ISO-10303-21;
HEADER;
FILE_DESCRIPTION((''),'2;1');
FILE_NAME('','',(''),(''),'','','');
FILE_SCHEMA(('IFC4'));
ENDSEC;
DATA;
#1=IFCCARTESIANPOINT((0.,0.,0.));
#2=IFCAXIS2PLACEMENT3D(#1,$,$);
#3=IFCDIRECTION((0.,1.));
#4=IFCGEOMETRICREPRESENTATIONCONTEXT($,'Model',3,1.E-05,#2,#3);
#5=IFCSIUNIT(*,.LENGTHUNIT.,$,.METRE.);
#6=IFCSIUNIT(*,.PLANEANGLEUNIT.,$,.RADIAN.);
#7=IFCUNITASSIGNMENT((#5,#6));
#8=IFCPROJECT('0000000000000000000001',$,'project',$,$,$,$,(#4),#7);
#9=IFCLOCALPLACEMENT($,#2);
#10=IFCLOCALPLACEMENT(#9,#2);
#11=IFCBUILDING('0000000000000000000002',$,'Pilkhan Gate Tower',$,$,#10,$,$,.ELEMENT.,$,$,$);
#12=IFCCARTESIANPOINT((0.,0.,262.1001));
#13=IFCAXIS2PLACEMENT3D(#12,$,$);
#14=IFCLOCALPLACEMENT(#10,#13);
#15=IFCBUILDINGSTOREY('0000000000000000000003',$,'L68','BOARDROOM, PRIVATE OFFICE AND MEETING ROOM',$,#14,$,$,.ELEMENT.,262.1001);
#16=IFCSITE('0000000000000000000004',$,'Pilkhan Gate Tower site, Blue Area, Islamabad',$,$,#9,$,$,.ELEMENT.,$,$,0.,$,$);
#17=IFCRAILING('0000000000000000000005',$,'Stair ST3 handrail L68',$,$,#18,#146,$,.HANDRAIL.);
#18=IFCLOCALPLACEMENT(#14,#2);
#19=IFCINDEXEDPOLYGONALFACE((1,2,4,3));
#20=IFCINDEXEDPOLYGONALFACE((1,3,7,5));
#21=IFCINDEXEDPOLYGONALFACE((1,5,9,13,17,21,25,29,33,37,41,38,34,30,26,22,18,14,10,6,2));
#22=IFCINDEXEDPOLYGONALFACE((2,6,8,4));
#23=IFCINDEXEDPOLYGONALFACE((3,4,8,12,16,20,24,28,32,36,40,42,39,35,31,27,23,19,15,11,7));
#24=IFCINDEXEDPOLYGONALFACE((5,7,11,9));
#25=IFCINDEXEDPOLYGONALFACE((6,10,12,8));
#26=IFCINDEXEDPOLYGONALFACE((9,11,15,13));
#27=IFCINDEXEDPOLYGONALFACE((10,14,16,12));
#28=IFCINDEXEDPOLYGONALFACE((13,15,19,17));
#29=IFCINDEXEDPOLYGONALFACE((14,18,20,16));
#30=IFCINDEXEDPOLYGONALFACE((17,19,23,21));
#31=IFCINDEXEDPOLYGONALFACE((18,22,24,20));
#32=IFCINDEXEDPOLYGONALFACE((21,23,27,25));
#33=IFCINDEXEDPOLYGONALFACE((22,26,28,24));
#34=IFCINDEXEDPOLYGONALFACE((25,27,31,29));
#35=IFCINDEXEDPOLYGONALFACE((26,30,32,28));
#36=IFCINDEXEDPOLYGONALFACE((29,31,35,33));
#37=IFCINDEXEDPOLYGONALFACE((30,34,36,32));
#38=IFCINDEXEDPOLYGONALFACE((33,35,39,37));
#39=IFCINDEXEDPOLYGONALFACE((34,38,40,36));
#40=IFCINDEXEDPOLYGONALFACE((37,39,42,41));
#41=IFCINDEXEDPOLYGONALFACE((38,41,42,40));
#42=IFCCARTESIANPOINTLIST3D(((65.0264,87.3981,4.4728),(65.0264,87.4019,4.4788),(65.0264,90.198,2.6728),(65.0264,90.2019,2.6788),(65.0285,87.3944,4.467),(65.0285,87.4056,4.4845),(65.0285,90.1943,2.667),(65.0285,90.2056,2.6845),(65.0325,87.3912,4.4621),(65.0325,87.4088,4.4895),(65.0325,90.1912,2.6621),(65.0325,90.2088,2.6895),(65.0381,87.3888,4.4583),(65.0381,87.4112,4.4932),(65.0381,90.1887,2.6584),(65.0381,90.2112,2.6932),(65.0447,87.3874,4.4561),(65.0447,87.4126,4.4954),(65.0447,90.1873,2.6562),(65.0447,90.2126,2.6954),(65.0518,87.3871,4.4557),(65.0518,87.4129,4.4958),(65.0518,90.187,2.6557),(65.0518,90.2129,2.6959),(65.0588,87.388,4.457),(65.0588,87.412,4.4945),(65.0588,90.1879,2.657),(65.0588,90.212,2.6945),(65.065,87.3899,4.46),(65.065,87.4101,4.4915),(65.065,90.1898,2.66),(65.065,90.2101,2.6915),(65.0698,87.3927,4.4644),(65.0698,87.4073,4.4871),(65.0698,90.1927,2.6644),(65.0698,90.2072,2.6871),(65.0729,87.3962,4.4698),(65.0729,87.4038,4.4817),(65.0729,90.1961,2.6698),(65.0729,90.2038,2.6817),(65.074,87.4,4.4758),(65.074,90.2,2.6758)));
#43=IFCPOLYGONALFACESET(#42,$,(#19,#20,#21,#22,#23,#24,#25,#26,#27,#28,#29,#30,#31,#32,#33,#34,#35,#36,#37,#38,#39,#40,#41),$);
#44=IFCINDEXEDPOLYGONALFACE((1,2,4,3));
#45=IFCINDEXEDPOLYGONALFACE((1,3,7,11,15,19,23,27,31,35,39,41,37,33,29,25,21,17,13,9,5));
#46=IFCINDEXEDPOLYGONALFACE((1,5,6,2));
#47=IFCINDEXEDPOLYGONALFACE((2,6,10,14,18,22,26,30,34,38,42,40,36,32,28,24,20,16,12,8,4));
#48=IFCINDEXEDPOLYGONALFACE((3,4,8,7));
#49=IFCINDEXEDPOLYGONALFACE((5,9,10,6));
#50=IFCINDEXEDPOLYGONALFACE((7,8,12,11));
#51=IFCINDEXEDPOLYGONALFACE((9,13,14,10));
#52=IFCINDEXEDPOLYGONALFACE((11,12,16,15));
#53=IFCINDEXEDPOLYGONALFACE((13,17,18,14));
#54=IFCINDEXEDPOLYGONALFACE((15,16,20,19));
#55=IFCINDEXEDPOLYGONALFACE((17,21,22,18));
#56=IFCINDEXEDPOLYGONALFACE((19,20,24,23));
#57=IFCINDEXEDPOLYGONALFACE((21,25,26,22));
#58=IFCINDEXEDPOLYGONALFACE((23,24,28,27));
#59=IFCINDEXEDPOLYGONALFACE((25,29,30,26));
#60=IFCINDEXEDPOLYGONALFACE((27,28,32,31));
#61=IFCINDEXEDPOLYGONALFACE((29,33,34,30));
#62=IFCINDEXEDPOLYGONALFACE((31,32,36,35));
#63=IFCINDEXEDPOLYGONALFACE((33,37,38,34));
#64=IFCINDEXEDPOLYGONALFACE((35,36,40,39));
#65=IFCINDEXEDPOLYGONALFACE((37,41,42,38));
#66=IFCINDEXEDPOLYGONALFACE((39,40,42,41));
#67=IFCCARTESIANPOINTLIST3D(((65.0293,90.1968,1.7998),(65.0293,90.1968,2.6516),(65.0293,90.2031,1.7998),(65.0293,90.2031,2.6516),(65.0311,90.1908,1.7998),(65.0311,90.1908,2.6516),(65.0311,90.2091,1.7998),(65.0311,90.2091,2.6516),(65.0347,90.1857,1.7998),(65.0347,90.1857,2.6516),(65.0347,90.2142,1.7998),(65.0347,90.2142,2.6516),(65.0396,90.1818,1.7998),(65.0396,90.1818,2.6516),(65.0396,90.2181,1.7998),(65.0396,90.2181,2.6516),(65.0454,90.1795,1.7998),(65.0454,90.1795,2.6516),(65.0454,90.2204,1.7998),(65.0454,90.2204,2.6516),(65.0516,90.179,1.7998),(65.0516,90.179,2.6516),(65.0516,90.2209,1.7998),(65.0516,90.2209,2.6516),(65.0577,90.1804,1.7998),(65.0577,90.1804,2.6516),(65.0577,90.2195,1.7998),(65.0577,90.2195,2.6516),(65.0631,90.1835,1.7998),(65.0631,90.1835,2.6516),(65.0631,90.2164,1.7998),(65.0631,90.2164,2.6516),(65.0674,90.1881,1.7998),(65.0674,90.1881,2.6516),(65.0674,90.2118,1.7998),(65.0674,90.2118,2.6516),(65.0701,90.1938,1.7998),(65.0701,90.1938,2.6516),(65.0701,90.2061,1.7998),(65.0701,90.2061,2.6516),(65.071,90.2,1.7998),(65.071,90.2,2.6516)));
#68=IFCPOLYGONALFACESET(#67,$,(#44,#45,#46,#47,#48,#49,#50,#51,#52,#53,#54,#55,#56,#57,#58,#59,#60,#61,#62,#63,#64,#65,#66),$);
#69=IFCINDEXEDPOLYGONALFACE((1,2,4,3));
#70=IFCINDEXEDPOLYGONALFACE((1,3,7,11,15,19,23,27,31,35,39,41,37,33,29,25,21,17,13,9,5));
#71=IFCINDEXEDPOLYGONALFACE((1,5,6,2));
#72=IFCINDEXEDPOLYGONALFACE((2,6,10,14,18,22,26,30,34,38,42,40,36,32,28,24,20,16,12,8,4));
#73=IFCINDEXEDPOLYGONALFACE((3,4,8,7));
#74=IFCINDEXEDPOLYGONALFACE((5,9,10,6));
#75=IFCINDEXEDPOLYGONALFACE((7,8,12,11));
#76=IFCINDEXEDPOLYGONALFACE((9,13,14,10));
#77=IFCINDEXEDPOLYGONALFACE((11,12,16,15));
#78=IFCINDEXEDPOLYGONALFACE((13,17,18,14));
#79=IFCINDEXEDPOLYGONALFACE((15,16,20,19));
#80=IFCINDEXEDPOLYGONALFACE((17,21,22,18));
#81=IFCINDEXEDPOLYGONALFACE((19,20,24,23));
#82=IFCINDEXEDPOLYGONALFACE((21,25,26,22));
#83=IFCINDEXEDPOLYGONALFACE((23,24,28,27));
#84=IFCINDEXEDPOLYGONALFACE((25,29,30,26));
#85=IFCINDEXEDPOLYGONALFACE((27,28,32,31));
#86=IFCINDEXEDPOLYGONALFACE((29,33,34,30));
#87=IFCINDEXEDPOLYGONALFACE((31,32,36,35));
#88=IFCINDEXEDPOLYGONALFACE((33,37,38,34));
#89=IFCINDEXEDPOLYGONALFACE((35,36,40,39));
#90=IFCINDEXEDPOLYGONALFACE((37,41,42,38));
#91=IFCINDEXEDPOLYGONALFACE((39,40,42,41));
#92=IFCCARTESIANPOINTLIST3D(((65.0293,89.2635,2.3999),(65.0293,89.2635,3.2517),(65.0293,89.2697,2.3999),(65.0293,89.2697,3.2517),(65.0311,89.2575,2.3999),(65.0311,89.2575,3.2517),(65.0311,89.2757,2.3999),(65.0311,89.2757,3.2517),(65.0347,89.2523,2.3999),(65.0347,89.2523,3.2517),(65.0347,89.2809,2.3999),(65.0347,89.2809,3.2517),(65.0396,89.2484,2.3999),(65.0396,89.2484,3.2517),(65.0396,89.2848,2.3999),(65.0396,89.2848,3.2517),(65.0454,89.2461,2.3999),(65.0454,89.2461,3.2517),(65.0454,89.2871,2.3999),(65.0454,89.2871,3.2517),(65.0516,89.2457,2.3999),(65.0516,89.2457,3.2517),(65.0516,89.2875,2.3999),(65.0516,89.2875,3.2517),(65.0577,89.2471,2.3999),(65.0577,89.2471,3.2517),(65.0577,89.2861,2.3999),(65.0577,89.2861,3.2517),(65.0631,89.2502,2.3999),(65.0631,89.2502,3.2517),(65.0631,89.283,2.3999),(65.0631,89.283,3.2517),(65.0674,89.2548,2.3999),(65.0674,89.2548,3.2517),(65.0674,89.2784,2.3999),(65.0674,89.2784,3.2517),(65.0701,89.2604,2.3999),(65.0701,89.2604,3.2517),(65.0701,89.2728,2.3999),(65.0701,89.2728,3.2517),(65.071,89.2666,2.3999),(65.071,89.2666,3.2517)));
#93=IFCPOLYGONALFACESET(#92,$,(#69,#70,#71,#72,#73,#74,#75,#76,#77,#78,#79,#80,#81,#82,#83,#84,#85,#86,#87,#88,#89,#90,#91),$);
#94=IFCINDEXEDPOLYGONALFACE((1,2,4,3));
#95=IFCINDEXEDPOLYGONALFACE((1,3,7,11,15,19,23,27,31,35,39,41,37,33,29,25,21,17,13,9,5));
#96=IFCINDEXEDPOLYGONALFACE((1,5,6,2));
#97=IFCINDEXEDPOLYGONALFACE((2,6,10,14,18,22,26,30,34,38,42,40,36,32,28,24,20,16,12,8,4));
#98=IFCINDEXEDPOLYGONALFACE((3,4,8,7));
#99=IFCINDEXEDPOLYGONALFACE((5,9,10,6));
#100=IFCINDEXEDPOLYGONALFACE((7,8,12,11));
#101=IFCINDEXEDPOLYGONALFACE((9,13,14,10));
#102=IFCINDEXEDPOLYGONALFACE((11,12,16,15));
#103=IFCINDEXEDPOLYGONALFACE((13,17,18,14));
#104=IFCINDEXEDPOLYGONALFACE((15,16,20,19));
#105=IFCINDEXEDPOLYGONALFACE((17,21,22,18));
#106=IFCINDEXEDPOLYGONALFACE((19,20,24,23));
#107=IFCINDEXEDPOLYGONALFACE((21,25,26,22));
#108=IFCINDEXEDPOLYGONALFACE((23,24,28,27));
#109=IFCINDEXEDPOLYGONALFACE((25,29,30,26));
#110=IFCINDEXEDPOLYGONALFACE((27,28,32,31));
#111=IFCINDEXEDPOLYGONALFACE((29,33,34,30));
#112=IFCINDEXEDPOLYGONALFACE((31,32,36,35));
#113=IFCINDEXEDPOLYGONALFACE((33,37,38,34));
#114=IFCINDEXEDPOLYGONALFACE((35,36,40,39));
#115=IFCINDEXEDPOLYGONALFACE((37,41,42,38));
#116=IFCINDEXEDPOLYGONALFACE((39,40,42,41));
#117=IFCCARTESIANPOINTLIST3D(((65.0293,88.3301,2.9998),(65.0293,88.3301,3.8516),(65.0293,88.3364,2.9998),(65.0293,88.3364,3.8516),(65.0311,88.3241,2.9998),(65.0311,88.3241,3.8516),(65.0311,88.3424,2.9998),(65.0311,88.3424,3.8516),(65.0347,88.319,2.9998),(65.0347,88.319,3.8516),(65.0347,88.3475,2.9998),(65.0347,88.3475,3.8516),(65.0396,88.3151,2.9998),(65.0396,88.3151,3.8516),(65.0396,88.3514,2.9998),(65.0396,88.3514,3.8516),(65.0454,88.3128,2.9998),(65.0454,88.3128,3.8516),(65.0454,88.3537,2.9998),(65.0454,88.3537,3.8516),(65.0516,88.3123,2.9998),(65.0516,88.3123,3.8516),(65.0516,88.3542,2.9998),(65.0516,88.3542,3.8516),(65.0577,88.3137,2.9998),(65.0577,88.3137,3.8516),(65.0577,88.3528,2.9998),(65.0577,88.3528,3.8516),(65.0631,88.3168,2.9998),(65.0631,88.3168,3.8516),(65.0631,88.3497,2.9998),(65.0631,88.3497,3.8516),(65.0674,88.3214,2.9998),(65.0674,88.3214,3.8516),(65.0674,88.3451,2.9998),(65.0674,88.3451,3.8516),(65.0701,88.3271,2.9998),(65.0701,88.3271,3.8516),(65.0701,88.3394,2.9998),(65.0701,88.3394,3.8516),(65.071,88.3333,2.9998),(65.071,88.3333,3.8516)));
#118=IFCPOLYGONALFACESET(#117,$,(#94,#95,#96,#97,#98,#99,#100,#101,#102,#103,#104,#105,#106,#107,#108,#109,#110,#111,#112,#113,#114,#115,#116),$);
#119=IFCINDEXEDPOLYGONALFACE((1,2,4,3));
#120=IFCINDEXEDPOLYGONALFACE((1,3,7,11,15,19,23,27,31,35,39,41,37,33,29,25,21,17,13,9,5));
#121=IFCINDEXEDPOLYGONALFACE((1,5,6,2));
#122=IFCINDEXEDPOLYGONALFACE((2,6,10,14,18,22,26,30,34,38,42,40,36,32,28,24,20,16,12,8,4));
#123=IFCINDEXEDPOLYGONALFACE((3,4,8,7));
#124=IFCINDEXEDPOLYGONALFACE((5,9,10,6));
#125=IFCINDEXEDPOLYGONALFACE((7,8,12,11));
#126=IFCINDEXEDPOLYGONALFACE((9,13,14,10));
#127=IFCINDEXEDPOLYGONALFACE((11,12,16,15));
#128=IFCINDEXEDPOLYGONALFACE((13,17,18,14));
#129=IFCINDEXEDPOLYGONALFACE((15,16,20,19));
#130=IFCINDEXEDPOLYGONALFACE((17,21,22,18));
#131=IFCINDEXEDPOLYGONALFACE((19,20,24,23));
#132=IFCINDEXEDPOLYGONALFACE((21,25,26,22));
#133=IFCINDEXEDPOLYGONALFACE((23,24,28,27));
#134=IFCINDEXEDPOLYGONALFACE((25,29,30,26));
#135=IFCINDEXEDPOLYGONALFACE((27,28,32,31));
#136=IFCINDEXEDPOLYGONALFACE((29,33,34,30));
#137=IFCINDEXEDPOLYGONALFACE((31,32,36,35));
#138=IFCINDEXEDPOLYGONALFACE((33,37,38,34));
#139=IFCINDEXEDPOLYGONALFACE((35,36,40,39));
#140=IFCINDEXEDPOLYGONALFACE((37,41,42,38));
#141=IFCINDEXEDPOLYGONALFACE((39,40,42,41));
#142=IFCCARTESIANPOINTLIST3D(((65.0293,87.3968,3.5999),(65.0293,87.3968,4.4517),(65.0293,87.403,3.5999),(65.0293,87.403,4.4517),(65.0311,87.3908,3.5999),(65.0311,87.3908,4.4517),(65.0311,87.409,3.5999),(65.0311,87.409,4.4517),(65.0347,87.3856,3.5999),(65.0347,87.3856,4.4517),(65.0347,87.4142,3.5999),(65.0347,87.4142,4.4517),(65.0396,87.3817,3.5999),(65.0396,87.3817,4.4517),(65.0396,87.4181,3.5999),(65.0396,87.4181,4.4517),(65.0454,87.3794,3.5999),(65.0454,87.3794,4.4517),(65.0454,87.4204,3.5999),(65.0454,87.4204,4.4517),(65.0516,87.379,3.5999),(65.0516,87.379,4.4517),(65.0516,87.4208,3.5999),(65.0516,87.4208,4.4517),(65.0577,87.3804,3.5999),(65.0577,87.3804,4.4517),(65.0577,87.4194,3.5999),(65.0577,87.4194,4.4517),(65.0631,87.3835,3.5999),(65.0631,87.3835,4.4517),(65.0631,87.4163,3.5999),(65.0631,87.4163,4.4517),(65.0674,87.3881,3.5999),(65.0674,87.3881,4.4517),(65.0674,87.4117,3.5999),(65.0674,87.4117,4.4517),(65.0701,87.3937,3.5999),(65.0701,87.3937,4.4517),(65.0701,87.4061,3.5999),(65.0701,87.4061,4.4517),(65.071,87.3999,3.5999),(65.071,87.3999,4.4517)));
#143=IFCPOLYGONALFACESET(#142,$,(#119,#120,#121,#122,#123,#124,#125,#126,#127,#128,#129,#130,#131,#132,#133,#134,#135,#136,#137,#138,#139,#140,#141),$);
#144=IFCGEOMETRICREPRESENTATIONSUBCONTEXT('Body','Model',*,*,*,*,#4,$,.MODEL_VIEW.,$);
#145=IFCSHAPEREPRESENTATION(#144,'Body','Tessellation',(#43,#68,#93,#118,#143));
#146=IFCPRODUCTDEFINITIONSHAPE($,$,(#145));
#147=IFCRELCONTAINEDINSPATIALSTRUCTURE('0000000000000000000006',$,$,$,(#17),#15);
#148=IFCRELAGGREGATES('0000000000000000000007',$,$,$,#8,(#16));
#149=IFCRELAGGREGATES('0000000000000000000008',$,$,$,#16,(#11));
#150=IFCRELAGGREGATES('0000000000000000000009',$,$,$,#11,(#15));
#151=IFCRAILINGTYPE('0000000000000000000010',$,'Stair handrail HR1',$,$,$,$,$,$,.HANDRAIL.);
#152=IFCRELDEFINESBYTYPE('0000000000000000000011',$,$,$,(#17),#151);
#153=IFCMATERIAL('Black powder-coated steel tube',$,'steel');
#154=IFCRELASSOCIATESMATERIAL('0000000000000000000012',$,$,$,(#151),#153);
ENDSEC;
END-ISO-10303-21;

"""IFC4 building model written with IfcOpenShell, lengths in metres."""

from ifc_helpers import new_model, si_unit, direction, frame, origin, origin_2d, place, context, subcontext, project, spatial, circle, extrude, material, type_object, element, save


model = new_model("IFC4")

# Units and contexts
model_context = context("Model", 3, precision=1e-05, world=origin(), true_north=direction((0.0, 1.0)))
body_context = subcontext(model_context, "Body", "Model", "MODEL_VIEW")
ifc_project = project(units=[si_unit("LENGTHUNIT", "METRE"), si_unit("PLANEANGLEUNIT", "RADIAN")], contexts=[model_context])

# Site, building, storey
site_placement = place(None, origin())
site = spatial("IfcSite", under=ifc_project, at=site_placement, Name="Pilkhan Gate Tower site, Blue Area, Islamabad", CompositionType="ELEMENT", RefElevation=0.0)
building_placement = place(site_placement, origin())
building = spatial("IfcBuilding", under=site, at=building_placement, Name="Pilkhan Gate Tower", CompositionType="ELEMENT")
storey_placement = place(building_placement, frame((0.0, 0.0, 262.1001)))
storey = spatial("IfcBuildingStorey", under=building, at=storey_placement, Name="L68", Description="BOARDROOM, PRIVATE OFFICE AND MEETING ROOM", CompositionType="ELEMENT", Elevation=262.1001)

# Railing
ifc_material_1 = material(Name="Black powder-coated steel tube", Category="steel")
railing_type_1 = type_object("IfcRailingType", Name="Stair handrail HR1", PredefinedType="HANDRAIL", material=ifc_material_1)
railing_1_placement = place(storey_placement, frame((65.05, 90.2, 1.7998)))
element("IfcRailing", 1, at=railing_1_placement, inside=storey, type_object=railing_type_1, Name="Stair ST3 handrail L68", PredefinedType="HANDRAIL", context=body_context, shape_type="SweptSolid", body=[
    extrude(circle(Radius=0.0239, at=origin_2d()), frame((0.0, 0.0, 0.876), z_axis=(0.0, -0.841176, 0.540761), x_axis=(1.0, 0.0, 0.0)), (0.0, 0.0, 1.0), 3.3286),
    extrude(circle(Radius=0.021, at=origin_2d()), origin(), (0.0, 0.0, 1.0), 0.8518),
    extrude(circle(Radius=0.021, at=origin_2d()), frame((0.0, -0.9333, 0.6001)), (0.0, 0.0, 1.0), 0.8518),
    extrude(circle(Radius=0.021, at=origin_2d()), frame((0.0, -1.8667, 1.2)), (0.0, 0.0, 1.0), 0.8518),
    extrude(circle(Radius=0.021, at=origin_2d()), frame((0.0, -2.8, 1.8)), (0.0, 0.0, 1.0), 0.8518),
])

save(model, "model.ifc")
